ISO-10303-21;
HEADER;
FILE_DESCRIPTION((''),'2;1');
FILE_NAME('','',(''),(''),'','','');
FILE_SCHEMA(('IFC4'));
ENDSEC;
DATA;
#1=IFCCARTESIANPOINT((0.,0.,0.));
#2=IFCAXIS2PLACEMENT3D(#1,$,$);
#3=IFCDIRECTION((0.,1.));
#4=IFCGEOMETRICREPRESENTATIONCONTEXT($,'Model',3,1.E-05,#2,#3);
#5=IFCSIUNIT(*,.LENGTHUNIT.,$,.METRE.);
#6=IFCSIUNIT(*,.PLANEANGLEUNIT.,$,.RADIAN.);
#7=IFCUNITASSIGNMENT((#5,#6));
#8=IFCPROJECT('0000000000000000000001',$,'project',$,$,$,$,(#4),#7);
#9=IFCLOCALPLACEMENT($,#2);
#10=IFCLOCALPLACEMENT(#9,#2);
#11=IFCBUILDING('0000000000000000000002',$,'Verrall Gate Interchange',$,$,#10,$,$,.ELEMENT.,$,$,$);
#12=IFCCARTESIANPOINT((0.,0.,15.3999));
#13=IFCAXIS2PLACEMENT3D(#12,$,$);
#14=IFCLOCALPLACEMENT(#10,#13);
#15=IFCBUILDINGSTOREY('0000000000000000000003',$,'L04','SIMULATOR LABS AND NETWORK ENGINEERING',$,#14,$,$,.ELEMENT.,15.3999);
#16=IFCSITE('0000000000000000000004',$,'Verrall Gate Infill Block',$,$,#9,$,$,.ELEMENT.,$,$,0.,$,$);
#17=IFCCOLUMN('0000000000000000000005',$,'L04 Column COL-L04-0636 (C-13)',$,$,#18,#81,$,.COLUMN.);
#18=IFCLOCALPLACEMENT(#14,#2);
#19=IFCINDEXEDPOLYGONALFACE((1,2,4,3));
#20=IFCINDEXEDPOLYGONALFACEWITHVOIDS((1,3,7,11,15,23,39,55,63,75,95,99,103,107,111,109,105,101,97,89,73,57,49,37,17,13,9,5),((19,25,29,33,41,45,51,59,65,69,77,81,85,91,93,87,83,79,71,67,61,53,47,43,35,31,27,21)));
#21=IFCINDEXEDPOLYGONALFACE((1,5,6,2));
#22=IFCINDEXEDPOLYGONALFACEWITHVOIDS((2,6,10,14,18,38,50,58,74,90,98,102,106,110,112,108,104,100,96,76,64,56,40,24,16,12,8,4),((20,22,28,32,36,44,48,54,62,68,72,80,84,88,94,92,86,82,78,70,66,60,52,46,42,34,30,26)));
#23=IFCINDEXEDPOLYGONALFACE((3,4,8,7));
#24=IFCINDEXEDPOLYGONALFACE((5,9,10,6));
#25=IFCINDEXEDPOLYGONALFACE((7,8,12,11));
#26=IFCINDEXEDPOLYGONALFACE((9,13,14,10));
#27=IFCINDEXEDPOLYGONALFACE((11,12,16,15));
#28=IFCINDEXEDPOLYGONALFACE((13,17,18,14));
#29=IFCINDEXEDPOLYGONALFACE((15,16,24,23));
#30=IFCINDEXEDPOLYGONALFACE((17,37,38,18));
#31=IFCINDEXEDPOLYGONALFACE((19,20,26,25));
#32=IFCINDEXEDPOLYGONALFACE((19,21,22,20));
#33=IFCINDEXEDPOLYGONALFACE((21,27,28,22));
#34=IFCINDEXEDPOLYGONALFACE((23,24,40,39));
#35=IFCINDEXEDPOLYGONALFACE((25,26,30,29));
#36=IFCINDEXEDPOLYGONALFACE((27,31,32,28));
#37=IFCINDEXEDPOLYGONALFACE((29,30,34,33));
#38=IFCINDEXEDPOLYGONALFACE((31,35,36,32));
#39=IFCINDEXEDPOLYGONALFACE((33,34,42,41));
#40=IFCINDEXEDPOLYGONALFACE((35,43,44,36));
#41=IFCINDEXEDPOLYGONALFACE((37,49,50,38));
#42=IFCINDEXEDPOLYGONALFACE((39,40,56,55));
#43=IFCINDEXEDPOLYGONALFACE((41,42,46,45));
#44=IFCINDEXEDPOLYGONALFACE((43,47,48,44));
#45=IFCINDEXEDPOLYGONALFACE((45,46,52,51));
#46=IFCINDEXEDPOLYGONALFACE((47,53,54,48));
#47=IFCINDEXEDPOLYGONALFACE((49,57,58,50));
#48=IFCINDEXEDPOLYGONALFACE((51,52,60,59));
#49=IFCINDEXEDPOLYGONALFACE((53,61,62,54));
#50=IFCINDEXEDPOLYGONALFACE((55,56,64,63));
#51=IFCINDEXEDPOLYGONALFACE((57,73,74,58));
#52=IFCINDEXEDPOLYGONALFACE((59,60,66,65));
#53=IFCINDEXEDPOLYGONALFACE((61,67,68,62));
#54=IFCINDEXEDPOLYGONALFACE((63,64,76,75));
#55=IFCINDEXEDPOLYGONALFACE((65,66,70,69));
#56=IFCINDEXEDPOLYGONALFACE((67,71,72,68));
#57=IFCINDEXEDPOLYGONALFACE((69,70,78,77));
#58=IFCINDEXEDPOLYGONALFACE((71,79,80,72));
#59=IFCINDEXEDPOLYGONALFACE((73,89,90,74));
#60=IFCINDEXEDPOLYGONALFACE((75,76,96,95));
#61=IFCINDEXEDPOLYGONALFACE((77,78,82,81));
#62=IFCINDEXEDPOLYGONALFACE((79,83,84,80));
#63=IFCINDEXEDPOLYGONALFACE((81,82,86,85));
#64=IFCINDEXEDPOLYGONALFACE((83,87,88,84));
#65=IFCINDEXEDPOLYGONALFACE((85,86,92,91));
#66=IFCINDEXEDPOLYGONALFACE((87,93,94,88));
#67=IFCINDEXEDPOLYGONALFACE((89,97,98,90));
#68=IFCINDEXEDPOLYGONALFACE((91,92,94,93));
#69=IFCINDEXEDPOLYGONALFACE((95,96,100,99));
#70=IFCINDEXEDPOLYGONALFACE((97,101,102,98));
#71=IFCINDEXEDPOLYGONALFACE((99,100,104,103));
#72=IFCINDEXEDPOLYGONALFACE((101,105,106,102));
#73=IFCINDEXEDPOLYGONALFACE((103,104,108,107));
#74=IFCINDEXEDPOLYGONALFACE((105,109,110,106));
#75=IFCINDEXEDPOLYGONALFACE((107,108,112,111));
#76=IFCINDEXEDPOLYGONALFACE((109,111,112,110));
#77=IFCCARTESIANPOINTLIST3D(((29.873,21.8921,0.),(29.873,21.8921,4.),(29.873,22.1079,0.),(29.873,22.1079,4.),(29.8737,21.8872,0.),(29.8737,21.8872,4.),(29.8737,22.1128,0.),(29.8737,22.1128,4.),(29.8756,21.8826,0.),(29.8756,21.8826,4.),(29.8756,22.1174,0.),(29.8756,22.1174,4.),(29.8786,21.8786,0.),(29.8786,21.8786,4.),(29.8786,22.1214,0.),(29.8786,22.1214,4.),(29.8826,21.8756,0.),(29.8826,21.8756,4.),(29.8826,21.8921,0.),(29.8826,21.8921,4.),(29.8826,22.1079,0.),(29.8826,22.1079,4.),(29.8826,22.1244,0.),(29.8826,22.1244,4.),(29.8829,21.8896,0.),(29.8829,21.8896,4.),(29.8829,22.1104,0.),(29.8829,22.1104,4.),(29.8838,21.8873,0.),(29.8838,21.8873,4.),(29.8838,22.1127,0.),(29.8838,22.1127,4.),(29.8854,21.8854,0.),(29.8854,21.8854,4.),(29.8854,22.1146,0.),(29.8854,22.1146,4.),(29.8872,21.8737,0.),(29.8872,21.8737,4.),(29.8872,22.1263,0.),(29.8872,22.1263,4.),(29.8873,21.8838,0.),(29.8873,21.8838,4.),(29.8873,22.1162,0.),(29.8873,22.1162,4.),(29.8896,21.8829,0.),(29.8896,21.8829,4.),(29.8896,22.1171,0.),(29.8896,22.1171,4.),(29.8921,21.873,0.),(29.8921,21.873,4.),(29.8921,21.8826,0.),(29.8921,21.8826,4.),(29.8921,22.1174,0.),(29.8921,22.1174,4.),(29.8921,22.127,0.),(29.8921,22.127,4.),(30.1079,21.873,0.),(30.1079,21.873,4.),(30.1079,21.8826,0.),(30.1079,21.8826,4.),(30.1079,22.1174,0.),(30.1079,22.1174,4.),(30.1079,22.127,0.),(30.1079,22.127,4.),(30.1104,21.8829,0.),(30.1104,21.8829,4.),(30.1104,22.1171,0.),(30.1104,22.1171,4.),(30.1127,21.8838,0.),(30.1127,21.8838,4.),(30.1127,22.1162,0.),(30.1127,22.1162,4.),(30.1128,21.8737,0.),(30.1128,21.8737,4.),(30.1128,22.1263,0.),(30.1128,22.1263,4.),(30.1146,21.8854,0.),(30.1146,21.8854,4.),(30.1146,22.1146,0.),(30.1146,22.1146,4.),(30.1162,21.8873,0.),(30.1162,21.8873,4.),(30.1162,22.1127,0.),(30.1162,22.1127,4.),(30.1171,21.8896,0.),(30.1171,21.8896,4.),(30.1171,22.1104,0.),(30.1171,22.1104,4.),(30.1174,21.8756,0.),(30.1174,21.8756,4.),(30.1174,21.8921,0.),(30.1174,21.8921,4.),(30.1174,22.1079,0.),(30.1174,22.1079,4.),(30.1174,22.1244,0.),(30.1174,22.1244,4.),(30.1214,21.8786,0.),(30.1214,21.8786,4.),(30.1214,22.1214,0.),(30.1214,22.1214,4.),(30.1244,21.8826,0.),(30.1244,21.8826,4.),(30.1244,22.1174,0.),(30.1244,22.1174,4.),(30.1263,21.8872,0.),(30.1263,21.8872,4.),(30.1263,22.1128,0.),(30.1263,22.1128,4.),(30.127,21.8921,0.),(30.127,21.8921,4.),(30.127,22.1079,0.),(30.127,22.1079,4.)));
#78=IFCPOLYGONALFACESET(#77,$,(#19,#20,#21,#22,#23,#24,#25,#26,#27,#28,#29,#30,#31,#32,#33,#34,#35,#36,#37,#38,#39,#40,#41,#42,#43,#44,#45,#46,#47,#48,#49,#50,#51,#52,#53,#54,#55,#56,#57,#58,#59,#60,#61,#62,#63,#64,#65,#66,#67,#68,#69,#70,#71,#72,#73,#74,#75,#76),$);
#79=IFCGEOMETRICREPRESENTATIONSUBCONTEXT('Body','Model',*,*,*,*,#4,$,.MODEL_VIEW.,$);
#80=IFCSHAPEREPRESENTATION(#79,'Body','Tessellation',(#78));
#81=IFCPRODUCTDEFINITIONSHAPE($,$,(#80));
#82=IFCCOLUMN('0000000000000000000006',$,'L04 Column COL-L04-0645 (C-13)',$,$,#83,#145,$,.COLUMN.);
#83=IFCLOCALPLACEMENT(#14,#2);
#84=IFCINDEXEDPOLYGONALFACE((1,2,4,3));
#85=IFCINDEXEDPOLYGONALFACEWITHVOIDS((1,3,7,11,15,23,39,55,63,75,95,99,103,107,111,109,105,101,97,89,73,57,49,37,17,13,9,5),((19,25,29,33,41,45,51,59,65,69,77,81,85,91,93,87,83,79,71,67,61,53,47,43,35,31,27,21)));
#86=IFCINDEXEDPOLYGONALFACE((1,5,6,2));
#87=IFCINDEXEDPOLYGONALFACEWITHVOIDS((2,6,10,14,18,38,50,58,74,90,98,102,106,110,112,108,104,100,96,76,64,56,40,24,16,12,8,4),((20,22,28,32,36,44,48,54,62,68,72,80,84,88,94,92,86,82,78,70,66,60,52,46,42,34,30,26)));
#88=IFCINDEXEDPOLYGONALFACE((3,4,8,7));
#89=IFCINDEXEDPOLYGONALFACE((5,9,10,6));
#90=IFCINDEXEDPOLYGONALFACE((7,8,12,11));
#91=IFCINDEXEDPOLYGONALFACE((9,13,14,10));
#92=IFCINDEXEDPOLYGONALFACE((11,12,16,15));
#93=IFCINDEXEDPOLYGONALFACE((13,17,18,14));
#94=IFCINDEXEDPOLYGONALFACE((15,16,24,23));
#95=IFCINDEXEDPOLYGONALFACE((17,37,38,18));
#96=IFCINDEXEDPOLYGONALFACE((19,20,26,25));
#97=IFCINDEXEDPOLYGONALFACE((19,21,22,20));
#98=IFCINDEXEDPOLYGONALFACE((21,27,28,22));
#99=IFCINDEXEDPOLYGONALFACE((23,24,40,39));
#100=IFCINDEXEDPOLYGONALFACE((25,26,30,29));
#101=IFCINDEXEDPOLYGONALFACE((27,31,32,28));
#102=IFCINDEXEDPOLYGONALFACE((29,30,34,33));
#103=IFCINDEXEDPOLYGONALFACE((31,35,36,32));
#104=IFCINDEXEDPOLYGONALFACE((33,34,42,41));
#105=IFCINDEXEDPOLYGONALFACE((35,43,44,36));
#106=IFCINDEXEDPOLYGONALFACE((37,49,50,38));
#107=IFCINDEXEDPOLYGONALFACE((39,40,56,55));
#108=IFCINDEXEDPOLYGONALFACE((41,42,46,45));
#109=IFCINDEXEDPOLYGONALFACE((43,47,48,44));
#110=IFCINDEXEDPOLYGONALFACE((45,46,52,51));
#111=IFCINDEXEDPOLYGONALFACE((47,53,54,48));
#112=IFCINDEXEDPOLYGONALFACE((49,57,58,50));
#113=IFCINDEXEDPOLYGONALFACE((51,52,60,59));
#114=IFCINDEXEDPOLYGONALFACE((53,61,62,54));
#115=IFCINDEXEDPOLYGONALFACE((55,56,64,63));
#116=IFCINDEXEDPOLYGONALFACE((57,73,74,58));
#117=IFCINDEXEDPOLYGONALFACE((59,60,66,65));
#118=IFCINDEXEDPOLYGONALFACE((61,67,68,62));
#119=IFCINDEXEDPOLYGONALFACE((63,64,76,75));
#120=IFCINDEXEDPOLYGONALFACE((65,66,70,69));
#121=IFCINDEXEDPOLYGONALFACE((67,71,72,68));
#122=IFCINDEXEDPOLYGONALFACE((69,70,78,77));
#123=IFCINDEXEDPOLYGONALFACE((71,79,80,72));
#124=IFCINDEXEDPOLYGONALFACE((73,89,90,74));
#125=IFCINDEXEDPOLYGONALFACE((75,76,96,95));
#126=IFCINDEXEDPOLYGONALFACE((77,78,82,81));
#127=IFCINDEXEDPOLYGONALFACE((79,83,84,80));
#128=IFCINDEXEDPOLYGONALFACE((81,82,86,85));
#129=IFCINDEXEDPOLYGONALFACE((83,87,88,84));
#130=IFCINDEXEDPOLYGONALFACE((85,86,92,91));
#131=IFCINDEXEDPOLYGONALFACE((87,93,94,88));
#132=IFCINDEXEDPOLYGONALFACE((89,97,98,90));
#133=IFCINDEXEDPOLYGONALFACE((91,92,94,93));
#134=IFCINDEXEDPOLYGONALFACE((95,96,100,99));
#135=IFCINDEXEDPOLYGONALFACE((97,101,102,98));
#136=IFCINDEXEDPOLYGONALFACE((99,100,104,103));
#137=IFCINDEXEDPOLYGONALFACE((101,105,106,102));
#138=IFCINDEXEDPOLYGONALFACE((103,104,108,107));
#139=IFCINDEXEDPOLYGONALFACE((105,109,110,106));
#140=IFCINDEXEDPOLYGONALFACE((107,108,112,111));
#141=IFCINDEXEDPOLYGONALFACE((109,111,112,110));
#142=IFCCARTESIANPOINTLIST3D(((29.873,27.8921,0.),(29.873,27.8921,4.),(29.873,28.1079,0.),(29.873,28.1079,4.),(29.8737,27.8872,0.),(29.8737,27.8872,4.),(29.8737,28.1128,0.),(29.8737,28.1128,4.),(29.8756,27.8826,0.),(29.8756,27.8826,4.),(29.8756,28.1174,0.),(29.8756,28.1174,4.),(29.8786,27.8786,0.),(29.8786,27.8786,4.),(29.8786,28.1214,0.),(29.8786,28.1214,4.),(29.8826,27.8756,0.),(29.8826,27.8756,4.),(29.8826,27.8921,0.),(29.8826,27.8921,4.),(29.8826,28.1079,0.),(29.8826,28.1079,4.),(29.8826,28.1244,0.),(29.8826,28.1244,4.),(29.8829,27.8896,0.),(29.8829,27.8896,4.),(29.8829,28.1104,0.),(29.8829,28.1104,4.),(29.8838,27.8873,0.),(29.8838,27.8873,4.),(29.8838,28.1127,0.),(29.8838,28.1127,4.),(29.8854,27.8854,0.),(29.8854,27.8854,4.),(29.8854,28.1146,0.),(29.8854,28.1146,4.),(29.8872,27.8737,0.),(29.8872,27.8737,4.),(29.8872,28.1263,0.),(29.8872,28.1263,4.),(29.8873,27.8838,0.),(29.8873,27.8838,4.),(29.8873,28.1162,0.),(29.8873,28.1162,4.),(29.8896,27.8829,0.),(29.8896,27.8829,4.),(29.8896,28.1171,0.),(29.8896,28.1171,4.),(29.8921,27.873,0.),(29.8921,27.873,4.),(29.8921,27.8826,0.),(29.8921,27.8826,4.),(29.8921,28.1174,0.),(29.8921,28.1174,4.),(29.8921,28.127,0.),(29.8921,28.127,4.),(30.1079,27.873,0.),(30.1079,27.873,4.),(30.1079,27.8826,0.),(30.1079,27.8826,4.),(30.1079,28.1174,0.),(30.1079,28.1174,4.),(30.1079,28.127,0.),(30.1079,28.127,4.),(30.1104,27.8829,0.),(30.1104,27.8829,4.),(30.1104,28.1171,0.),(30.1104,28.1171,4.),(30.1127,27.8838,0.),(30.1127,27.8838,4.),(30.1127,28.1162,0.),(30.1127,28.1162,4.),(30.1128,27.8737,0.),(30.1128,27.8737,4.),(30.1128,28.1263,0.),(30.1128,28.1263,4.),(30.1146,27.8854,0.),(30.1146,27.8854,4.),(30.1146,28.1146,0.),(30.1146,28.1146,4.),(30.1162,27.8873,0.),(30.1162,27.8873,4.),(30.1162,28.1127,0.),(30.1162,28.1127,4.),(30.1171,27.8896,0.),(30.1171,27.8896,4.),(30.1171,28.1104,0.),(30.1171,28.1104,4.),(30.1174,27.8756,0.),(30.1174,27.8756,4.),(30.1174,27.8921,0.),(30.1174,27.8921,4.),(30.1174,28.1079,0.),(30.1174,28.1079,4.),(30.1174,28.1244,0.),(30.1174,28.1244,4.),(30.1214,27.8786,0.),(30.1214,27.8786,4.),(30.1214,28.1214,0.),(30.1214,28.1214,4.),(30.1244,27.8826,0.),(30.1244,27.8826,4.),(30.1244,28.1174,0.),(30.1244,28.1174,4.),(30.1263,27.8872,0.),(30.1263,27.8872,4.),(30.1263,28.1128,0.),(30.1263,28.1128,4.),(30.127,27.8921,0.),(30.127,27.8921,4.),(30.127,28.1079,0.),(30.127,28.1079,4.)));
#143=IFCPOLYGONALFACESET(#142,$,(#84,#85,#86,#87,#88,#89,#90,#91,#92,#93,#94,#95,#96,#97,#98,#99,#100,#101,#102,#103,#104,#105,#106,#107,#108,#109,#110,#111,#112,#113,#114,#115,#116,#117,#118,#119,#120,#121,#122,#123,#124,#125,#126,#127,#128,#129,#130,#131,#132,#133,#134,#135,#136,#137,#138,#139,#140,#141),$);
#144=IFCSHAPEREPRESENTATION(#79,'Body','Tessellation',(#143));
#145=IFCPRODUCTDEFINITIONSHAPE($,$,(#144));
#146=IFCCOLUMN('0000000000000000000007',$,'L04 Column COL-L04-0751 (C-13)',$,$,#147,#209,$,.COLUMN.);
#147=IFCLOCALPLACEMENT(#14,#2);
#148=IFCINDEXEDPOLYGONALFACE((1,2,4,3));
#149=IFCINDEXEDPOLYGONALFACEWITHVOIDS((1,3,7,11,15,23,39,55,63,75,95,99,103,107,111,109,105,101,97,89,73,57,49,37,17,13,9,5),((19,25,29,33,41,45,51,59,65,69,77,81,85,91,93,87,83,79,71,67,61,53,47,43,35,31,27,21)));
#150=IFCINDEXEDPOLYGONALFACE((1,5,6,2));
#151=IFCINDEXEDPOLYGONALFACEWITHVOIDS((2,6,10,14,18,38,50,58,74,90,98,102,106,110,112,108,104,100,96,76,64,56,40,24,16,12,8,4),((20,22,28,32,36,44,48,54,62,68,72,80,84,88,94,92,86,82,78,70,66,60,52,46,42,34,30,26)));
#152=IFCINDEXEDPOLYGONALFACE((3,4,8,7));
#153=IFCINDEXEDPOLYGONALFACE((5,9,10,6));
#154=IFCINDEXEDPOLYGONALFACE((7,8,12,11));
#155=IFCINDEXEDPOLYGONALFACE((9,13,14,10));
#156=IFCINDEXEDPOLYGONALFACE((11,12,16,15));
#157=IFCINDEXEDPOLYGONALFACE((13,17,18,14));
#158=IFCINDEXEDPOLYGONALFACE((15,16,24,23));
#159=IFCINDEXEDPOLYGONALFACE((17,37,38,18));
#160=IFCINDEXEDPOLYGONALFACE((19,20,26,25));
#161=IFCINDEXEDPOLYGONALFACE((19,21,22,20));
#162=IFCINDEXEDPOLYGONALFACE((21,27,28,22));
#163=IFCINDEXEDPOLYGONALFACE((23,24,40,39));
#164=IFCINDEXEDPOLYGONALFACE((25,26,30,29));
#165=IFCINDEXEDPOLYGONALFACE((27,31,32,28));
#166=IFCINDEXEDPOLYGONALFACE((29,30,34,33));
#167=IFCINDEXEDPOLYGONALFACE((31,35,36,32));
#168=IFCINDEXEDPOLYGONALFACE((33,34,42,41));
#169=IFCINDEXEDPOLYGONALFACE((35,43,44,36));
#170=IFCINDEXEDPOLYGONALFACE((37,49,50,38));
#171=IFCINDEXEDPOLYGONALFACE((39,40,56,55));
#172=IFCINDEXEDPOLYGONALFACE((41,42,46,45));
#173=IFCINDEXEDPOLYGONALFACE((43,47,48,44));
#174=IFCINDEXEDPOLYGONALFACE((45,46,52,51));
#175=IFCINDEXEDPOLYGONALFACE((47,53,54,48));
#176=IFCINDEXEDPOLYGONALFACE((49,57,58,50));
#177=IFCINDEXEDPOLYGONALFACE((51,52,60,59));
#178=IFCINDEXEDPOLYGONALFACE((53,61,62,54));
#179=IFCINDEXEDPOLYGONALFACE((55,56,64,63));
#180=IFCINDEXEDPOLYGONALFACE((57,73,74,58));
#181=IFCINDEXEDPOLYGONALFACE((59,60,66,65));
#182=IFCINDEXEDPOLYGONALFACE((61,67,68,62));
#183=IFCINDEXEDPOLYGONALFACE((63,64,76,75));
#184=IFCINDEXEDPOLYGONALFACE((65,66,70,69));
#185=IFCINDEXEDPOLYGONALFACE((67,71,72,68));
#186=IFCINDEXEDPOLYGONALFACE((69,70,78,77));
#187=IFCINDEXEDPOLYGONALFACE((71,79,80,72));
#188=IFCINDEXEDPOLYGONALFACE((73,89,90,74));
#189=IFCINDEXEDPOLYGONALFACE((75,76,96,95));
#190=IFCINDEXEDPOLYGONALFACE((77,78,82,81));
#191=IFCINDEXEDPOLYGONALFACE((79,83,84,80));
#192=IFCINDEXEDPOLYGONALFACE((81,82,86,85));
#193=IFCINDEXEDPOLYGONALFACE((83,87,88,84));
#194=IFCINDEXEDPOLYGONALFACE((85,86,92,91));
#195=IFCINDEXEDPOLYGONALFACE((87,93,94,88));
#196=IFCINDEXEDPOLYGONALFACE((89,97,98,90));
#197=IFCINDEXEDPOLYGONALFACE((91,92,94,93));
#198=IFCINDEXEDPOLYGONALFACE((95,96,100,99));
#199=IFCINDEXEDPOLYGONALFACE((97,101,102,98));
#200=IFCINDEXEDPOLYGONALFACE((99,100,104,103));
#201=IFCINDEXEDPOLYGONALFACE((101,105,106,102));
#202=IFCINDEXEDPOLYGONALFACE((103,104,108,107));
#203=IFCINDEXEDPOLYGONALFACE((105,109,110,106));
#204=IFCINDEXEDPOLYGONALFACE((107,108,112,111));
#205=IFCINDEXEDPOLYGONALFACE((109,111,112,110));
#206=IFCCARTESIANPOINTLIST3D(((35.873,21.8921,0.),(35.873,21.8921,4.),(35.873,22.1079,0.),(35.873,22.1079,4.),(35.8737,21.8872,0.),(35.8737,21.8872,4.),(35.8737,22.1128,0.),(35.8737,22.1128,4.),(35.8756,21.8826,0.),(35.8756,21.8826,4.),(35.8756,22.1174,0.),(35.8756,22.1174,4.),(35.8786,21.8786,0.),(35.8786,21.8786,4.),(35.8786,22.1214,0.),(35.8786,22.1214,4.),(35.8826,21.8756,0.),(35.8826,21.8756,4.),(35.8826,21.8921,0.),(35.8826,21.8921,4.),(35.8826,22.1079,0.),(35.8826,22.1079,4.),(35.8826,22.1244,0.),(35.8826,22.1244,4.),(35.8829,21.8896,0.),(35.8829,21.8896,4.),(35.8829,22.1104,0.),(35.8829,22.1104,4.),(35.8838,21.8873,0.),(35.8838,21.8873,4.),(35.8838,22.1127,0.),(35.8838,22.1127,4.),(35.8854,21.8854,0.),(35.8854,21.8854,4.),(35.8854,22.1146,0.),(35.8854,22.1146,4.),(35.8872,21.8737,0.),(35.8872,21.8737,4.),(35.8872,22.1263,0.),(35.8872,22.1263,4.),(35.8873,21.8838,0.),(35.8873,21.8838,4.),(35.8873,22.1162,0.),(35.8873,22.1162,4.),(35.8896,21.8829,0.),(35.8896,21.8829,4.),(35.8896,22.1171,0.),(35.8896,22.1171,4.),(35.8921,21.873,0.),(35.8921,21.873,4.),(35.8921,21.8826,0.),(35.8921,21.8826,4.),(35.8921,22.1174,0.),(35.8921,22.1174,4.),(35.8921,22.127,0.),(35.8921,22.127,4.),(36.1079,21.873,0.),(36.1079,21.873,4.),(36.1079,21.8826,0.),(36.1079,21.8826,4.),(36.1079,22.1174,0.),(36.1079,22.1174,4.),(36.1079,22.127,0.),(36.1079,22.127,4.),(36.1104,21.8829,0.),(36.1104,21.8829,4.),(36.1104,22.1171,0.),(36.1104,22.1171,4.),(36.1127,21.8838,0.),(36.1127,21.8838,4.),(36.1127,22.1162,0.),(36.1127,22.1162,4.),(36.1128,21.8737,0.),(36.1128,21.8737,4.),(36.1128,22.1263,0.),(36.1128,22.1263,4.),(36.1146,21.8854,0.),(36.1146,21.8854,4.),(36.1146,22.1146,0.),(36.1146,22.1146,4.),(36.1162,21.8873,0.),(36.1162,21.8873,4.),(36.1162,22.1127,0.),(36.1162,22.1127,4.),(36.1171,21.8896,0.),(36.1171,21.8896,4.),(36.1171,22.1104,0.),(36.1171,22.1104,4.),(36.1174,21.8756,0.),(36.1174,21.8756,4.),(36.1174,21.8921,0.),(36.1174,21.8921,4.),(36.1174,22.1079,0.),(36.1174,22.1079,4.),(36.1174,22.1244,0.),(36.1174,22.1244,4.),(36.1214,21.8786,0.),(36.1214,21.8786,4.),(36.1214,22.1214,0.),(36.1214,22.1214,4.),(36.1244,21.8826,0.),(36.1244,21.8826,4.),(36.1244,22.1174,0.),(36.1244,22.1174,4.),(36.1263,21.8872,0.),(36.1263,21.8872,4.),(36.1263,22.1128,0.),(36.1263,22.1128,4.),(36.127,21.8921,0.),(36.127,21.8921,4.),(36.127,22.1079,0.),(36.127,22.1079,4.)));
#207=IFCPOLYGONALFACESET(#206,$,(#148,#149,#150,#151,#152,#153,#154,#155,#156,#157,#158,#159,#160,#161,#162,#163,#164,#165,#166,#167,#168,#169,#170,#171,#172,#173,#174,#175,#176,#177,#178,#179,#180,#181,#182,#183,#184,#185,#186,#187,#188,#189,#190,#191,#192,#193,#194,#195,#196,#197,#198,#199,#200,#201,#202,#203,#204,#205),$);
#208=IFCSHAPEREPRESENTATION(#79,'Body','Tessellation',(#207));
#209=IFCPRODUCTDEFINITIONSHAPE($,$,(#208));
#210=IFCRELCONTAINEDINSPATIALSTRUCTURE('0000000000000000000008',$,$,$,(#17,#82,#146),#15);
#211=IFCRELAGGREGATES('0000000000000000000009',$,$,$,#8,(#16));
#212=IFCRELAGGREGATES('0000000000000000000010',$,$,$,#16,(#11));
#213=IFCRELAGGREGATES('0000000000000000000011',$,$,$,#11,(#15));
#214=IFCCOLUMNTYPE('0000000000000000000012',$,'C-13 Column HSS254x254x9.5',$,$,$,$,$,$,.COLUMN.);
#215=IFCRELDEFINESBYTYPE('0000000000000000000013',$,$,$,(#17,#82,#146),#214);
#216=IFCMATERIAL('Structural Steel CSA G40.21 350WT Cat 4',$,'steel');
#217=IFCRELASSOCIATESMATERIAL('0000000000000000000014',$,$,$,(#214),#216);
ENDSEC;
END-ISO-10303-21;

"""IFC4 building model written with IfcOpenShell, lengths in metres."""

from ifc_helpers import new_model, si_unit, direction, frame, origin, origin_2d, place, context, subcontext, project, spatial, hollow_rectangle, extrude, material, material_profile, profile_set, type_object, element, save


model = new_model("IFC4")

# Units and contexts
model_context = context("Model", 3, precision=1e-05, world=origin(), true_north=direction((0.0, 1.0)))
body_context = subcontext(model_context, "Body", "Model", "MODEL_VIEW")
ifc_project = project(units=[si_unit("LENGTHUNIT", "METRE"), si_unit("PLANEANGLEUNIT", "RADIAN")], contexts=[model_context])

# Site, building, storey
site_placement = place(None, origin())
site = spatial("IfcSite", under=ifc_project, at=site_placement, Name="Verrall Gate Infill Block", CompositionType="ELEMENT", RefElevation=0.0)
building_placement = place(site_placement, origin())
building = spatial("IfcBuilding", under=site, at=building_placement, Name="Verrall Gate Interchange", CompositionType="ELEMENT")
storey_placement = place(building_placement, frame((0.0, 0.0, 15.3999)))
storey = spatial("IfcBuildingStorey", under=building, at=storey_placement, Name="L04", Description="SIMULATOR LABS AND NETWORK ENGINEERING", CompositionType="ELEMENT", Elevation=15.3999)

# Columns
ifc_material_1 = material(Name="Structural Steel CSA G40.21 350WT Cat 4", Category="steel")
ifc_material_profile_1 = material_profile(ifc_material_1, hollow_rectangle(XDim=0.2539, YDim=0.2539, WallThickness=0.0095, InnerFilletRadius=0.0095, OuterFilletRadius=0.019, at=origin_2d()), Name="HSS254x254x9.5")
ifc_profile_set_1 = profile_set([ifc_material_profile_1], Name="Structural Steel CSA G40.21 350WT Cat 4")
column_type = type_object("IfcColumnType", Name="C-13 Column HSS254x254x9.5", PredefinedType="COLUMN", material=ifc_profile_set_1)
for number, where, z_axis, x_axis, name in (
    (1, (30.0, 22.0, 0.0), (0.0, 0.0, 1.0), (1.0, 0.0, 0.0), "L04 Column COL-L04-0636 (C-13)"),
    (2, (30.0, 28.0, 0.0), (0.0, 0.0, 1.0), (1.0, 0.0, 0.0), "L04 Column COL-L04-0645 (C-13)"),
    (3, (36.0, 22.0, 0.0), (0.0, 0.0, 1.0), (1.0, 0.0, 0.0), "L04 Column COL-L04-0751 (C-13)"),
):
    element("IfcColumn", number, at=place(storey_placement, frame(where, z_axis=z_axis, x_axis=x_axis)), inside=storey, type_object=column_type, Name=name, PredefinedType="COLUMN", context=body_context, shape_type="SweptSolid", body=[
        extrude(hollow_rectangle(XDim=0.2539, YDim=0.2539, WallThickness=0.0095, InnerFilletRadius=0.0095, OuterFilletRadius=0.019, at=origin_2d()), origin(), (0.0, 0.0, 1.0), 4.0),
    ])

save(model, "model.ifc")
